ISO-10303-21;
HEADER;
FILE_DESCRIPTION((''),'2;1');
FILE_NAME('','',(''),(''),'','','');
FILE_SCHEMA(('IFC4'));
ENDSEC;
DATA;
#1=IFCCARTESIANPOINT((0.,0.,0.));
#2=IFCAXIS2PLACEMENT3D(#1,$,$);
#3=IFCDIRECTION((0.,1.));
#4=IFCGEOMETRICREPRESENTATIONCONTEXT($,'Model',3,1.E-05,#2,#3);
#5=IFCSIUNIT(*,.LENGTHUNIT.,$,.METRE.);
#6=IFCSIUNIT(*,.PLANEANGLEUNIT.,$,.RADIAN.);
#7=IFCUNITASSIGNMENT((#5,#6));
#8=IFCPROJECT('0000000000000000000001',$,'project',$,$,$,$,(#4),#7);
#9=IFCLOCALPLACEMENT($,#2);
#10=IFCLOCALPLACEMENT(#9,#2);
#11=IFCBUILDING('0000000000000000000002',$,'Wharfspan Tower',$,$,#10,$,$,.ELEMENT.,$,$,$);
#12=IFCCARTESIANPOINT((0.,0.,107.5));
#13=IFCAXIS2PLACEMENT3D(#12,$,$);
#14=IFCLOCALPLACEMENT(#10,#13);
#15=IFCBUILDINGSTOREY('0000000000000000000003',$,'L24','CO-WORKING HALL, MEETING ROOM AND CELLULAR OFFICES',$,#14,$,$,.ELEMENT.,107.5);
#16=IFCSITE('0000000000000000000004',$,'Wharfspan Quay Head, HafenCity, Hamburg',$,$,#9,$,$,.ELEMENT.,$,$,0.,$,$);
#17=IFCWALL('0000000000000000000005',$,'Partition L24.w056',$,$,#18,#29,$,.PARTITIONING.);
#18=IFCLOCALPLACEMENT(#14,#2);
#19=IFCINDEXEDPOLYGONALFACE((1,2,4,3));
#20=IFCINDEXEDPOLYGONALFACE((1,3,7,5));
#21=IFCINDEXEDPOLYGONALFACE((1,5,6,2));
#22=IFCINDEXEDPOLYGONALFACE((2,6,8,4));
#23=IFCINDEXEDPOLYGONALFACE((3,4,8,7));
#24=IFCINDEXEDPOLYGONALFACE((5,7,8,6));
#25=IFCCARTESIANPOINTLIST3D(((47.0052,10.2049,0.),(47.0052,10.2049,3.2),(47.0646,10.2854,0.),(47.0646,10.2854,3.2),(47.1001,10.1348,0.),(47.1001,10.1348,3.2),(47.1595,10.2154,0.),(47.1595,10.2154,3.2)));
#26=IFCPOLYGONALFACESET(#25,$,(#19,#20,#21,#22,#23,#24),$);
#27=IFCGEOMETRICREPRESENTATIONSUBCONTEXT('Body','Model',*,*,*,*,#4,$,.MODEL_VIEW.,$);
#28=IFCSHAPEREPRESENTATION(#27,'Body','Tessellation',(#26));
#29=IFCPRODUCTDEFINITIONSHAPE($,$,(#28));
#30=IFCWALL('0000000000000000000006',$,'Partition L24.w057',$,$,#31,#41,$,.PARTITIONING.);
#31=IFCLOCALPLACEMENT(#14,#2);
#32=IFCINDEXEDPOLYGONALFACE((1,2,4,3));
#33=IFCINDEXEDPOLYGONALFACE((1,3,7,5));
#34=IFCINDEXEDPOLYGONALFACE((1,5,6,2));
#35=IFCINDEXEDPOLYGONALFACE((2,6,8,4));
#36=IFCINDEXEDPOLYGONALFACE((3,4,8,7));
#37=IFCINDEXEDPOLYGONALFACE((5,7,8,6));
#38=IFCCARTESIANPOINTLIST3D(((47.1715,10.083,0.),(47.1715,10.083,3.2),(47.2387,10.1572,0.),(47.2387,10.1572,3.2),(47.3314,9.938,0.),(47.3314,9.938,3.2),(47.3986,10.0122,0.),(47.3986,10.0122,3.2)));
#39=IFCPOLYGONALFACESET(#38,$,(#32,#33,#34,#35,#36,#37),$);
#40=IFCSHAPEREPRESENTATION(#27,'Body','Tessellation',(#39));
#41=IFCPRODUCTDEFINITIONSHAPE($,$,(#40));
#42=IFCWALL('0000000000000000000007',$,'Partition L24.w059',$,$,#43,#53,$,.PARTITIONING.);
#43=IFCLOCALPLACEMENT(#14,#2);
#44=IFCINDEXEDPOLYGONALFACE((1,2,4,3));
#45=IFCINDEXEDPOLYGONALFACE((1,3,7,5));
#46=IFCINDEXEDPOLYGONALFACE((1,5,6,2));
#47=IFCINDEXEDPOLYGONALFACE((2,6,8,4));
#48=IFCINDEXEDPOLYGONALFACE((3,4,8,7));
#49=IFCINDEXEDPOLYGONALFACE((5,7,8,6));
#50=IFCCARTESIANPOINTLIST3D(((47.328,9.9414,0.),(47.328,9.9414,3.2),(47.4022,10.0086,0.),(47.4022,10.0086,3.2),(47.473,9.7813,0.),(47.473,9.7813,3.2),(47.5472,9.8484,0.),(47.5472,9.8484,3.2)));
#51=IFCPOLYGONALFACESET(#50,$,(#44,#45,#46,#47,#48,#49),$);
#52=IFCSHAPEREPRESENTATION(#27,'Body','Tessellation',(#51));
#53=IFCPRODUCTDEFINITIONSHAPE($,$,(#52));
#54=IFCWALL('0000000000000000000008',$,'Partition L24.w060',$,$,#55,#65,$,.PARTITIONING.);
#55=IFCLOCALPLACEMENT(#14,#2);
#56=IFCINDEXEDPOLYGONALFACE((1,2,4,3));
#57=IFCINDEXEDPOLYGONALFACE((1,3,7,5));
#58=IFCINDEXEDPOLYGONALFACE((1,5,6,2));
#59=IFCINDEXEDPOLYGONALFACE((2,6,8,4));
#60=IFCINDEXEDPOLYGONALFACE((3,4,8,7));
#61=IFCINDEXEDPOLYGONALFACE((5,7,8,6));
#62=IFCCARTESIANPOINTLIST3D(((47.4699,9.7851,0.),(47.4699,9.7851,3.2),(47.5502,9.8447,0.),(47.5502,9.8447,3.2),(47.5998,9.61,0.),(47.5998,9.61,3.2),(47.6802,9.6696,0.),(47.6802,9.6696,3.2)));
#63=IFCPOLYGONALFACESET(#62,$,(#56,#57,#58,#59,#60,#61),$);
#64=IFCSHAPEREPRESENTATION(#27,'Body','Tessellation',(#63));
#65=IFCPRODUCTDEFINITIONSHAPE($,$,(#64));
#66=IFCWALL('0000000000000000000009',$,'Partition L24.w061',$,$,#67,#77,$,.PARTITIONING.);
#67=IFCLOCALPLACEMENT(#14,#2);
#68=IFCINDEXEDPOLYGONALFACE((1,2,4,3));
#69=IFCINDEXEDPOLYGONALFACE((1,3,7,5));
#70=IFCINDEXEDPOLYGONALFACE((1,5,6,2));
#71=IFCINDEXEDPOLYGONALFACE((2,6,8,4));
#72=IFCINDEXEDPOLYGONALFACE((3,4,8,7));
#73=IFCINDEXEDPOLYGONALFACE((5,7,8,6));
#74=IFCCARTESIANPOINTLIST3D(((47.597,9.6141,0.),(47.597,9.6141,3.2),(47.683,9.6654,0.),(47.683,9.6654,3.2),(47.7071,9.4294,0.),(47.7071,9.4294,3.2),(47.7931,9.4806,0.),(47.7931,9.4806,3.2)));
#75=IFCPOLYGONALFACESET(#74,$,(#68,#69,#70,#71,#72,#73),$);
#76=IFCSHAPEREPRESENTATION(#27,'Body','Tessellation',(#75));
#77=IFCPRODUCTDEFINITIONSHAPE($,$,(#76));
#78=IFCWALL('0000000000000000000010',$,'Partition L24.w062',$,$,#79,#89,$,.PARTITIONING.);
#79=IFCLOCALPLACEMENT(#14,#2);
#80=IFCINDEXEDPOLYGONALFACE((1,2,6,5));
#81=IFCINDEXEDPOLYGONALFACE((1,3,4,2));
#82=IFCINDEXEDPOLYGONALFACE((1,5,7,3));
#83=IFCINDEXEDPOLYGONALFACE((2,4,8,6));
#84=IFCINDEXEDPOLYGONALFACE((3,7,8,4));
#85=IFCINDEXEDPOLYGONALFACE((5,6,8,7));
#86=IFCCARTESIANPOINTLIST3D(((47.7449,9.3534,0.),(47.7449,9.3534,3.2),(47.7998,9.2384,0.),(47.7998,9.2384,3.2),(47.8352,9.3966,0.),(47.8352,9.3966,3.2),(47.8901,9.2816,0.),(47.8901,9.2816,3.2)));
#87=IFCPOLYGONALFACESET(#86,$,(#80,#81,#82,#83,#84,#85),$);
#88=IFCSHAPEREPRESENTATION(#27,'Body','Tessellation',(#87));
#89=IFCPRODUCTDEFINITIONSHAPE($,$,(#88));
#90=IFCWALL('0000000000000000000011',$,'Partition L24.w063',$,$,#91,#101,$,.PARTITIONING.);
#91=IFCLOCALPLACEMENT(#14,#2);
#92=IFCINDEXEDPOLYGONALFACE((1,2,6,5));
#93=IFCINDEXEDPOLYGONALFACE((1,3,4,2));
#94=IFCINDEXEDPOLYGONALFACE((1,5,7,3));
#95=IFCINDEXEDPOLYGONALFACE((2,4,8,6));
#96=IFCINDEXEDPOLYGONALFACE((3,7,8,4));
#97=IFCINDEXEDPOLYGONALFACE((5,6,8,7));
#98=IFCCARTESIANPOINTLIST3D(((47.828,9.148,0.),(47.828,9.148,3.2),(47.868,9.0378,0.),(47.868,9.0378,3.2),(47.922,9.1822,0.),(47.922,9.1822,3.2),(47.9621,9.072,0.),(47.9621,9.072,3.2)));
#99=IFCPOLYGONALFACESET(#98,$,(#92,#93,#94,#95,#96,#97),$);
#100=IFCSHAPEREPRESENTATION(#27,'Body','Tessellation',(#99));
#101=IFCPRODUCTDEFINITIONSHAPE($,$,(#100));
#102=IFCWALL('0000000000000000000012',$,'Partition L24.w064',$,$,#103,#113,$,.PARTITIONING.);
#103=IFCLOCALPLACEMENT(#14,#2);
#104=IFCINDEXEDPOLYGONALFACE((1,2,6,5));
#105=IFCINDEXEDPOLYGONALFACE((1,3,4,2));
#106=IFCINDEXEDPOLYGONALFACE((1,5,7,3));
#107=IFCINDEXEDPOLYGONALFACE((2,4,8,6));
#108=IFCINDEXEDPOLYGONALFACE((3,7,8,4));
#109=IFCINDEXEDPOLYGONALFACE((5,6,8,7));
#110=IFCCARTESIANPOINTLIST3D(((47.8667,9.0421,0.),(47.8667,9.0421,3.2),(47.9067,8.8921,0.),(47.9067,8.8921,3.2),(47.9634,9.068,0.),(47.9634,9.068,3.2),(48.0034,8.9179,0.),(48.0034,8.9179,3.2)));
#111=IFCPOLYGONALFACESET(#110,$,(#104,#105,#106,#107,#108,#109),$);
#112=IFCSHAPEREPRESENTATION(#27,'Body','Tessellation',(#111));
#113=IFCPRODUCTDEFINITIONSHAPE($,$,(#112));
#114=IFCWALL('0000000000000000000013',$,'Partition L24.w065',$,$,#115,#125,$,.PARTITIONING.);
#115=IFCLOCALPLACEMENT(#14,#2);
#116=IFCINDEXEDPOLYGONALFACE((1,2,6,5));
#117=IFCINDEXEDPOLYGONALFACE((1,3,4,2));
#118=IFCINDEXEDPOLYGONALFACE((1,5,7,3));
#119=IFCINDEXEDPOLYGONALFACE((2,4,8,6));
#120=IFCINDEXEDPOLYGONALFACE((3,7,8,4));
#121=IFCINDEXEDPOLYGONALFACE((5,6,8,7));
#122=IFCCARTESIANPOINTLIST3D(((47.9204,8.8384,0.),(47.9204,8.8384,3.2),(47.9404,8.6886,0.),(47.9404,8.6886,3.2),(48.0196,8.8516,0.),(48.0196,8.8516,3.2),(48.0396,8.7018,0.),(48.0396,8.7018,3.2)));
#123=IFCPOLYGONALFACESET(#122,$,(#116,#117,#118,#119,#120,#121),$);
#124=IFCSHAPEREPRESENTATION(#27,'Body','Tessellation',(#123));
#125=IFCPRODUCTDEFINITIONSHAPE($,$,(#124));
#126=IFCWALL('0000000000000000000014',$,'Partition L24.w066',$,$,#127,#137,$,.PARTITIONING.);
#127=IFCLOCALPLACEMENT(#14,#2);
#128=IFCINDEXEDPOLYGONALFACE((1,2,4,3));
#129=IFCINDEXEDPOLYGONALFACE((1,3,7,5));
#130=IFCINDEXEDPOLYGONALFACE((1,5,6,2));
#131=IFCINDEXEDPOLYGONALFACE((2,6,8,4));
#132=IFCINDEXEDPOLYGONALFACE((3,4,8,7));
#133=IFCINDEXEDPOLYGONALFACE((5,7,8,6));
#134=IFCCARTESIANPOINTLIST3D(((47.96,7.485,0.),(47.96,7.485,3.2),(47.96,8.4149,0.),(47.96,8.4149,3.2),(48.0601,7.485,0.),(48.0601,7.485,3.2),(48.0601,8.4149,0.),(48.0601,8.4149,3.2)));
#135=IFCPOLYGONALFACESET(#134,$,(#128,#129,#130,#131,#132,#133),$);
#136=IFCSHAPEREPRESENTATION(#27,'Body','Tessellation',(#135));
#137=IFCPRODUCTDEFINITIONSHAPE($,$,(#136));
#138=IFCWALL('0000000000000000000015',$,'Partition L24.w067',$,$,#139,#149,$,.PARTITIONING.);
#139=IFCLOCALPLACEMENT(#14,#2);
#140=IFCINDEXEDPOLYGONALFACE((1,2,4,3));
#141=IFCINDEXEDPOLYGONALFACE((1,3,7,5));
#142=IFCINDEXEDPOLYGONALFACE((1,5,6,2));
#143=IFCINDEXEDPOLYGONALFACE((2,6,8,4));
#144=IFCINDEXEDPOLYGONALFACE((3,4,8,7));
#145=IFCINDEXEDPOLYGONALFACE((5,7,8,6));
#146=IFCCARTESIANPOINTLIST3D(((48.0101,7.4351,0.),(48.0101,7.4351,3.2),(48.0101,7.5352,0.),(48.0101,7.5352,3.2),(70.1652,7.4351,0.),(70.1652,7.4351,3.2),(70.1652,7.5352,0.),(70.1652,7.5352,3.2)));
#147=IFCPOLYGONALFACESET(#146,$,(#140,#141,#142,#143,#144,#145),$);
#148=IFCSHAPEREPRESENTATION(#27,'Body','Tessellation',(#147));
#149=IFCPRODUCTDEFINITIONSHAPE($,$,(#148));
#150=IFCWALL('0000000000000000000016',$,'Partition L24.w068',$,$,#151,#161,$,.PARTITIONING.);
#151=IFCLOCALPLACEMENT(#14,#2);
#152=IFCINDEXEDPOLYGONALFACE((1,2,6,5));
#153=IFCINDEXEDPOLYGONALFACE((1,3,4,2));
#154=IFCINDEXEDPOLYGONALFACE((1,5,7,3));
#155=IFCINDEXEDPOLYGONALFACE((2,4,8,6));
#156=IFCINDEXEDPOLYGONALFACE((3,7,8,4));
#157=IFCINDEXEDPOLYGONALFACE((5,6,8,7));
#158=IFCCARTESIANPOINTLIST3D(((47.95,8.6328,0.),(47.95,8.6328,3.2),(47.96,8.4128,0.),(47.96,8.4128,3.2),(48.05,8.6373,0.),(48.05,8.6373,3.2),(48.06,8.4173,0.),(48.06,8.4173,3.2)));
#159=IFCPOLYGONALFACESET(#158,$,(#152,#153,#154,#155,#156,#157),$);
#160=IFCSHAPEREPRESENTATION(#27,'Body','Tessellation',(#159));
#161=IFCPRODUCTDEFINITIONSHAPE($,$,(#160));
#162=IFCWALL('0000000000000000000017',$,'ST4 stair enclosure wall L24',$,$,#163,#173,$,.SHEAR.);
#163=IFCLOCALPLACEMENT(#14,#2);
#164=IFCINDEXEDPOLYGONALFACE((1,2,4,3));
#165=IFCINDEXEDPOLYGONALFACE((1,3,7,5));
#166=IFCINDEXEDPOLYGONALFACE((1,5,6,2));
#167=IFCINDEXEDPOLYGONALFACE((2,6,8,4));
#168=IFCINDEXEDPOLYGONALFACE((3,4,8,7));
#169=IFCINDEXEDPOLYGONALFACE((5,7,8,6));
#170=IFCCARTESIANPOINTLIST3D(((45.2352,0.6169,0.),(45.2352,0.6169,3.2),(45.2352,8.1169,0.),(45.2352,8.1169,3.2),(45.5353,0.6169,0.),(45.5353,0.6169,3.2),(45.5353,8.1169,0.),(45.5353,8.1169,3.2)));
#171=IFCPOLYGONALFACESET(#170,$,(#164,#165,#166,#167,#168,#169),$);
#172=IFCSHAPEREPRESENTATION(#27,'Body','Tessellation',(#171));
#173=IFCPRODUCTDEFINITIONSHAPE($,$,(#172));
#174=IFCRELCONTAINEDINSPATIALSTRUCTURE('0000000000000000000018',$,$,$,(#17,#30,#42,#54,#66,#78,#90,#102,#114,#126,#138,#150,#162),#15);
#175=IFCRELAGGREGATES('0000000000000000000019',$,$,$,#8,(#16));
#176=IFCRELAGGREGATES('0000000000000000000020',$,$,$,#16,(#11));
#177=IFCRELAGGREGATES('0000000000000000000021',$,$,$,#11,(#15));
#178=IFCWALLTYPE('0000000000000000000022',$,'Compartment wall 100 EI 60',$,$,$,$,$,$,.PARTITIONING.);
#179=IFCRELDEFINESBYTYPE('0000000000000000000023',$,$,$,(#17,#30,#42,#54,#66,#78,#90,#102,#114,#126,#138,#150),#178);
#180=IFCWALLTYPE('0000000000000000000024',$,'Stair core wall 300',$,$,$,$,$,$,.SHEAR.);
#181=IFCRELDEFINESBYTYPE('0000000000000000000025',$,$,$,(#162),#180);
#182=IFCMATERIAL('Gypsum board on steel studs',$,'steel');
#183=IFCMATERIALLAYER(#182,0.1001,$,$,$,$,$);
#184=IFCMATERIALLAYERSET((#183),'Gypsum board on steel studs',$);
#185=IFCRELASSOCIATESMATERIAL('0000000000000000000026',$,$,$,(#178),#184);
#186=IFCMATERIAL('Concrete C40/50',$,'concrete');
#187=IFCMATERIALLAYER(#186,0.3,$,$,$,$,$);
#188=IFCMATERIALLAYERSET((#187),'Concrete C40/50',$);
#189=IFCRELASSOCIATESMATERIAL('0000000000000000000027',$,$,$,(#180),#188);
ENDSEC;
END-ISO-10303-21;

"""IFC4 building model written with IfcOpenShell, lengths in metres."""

from ifc_helpers import new_model, si_unit, direction, frame, frame_2d, origin, place, context, subcontext, project, spatial, rectangle, extrude, material, layer, layer_set, type_object, element, save


model = new_model("IFC4")

# Units and contexts
model_context = context("Model", 3, precision=1e-05, world=origin(), true_north=direction((0.0, 1.0)))
body_context = subcontext(model_context, "Body", "Model", "MODEL_VIEW")
ifc_project = project(units=[si_unit("LENGTHUNIT", "METRE"), si_unit("PLANEANGLEUNIT", "RADIAN")], contexts=[model_context])

# Site, building, storey
site_placement = place(None, origin())
site = spatial("IfcSite", under=ifc_project, at=site_placement, Name="Wharfspan Quay Head, HafenCity, Hamburg", CompositionType="ELEMENT", RefElevation=0.0)
building_placement = place(site_placement, origin())
building = spatial("IfcBuilding", under=site, at=building_placement, Name="Wharfspan Tower", CompositionType="ELEMENT")
storey_placement = place(building_placement, frame((0.0, 0.0, 107.5)))
storey = spatial("IfcBuildingStorey", under=building, at=storey_placement, Name="L24", Description="CO-WORKING HALL, MEETING ROOM AND CELLULAR OFFICES", CompositionType="ELEMENT", Elevation=107.5)

# Shared definitions
ifc_material_1 = material(Name="Gypsum board on steel studs", Category="steel")
ifc_layer_1 = layer(ifc_material_1, 0.1001)
ifc_layer_set_1 = layer_set([ifc_layer_1], Name="Gypsum board on steel studs")
wall_type_1 = type_object("IfcWallType", Name="Compartment wall 100 EI 60", PredefinedType="PARTITIONING", material=ifc_layer_set_1)

# Walls
wall_1_placement = place(storey_placement, frame((47.1299, 10.175, 0.0), z_axis=(0.0, 0.0, 1.0), x_axis=(-0.804696, 0.593696, 0.0)))
element("IfcWall", 1, at=wall_1_placement, inside=storey, type_object=wall_type_1, Name="Partition L24.w056", PredefinedType="PARTITIONING", context=body_context, shape_type="SweptSolid", body=[
    extrude(rectangle(XDim=0.1179, YDim=0.1001, at=frame_2d((0.0591, 0.0))), origin(), (0.0, 0.0, 1.0), 3.2),
])
wall_2_placement = place(storey_placement, frame((47.365, 9.9751, 0.0), z_axis=(0.0, 0.0, 1.0), x_axis=(-0.740762, 0.671775, 0.0)))
element("IfcWall", 2, at=wall_2_placement, inside=storey, type_object=wall_type_1, Name="Partition L24.w057", PredefinedType="PARTITIONING", context=body_context, shape_type="SweptSolid", body=[
    extrude(rectangle(XDim=0.2158, YDim=0.1001, at=frame_2d((0.1079, 0.0))), origin(), (0.0, 0.0, 1.0), 3.2),
])
wall_3_placement = place(storey_placement, frame((47.51, 9.8149, 0.0), z_axis=(0.0, 0.0, 1.0), x_axis=(-0.67121, 0.741269, 0.0)))
element("IfcWall", 3, at=wall_3_placement, inside=storey, type_object=wall_type_1, Name="Partition L24.w059", PredefinedType="PARTITIONING", context=body_context, shape_type="SweptSolid", body=[
    extrude(rectangle(XDim=0.2161, YDim=0.1001, at=frame_2d((0.1079, 0.0))), origin(), (0.0, 0.0, 1.0), 3.2),
])
wall_4_placement = place(storey_placement, frame((47.6399, 9.6399, 0.0), z_axis=(0.0, 0.0, 1.0), x_axis=(-0.595869, 0.803079, 0.0)))
element("IfcWall", 4, at=wall_4_placement, inside=storey, type_object=wall_type_1, Name="Partition L24.w060", PredefinedType="PARTITIONING", context=body_context, shape_type="SweptSolid", body=[
    extrude(rectangle(XDim=0.218, YDim=0.1001, at=frame_2d((0.1089, 0.0))), origin(), (0.0, 0.0, 1.0), 3.2),
])
wall_5_placement = place(storey_placement, frame((47.75, 9.4551, 0.0), z_axis=(0.0, 0.0, 1.0), x_axis=(-0.511823, 0.859091, 0.0)))
element("IfcWall", 5, at=wall_5_placement, inside=storey, type_object=wall_type_1, Name="Partition L24.w061", PredefinedType="PARTITIONING", context=body_context, shape_type="SweptSolid", body=[
    extrude(rectangle(XDim=0.2151, YDim=0.1001, at=frame_2d((0.1074, 0.0))), origin(), (0.0, 0.0, 1.0), 3.2),
])
wall_6_placement = place(storey_placement, frame((47.845, 9.26, 0.0), z_axis=(0.0, 0.0, 1.0), x_axis=(-0.431047, 0.902325, 0.0)))
element("IfcWall", 6, at=wall_6_placement, inside=storey, type_object=wall_type_1, Name="Partition L24.w062", PredefinedType="PARTITIONING", context=body_context, shape_type="SweptSolid", body=[
    extrude(rectangle(XDim=0.1274, YDim=0.1001, at=frame_2d((0.0637, 0.0))), origin(), (0.0, 0.0, 1.0), 3.2),
])
wall_7_placement = place(storey_placement, frame((47.915, 9.0549, 0.0), z_axis=(0.0, 0.0, 1.0), x_axis=(-0.341744, 0.939796, 0.0)))
element("IfcWall", 7, at=wall_7_placement, inside=storey, type_object=wall_type_1, Name="Partition L24.w063", PredefinedType="PARTITIONING", context=body_context, shape_type="SweptSolid", body=[
    extrude(rectangle(XDim=0.1172, YDim=0.1001, at=frame_2d((0.0586, 0.0))), origin(), (0.0, 0.0, 1.0), 3.2),
])
wall_8_placement = place(storey_placement, frame((47.9551, 8.905, 0.0), z_axis=(0.0, 0.0, 1.0), x_axis=(-0.258054, 0.966129, 0.0)))
element("IfcWall", 8, at=wall_8_placement, inside=storey, type_object=wall_type_1, Name="Partition L24.w064", PredefinedType="PARTITIONING", context=body_context, shape_type="SweptSolid", body=[
    extrude(rectangle(XDim=0.1553, YDim=0.1001, at=frame_2d((0.0776, 0.0))), origin(), (0.0, 0.0, 1.0), 3.2),
])
wall_9_placement = place(storey_placement, frame((47.99, 8.6951, 0.0), z_axis=(0.0, 0.0, 1.0), x_axis=(-0.132375, 0.991198, 0.0)))
element("IfcWall", 9, at=wall_9_placement, inside=storey, type_object=wall_type_1, Name="Partition L24.w065", PredefinedType="PARTITIONING", context=body_context, shape_type="SweptSolid", body=[
    extrude(rectangle(XDim=0.1511, YDim=0.1001, at=frame_2d((0.0757, 0.0))), origin(), (0.0, 0.0, 1.0), 3.2),
])
wall_10_placement = place(storey_placement, frame((48.01, 7.4851, 0.0), z_axis=(0.0, 0.0, 1.0), x_axis=(0.0, 1.0, 0.0)))
element("IfcWall", 10, at=wall_10_placement, inside=storey, type_object=wall_type_1, Name="Partition L24.w066", PredefinedType="PARTITIONING", context=body_context, shape_type="SweptSolid", body=[
    extrude(rectangle(XDim=0.9299, YDim=0.1001, at=frame_2d((0.4648, 0.0))), origin(), (0.0, 0.0, 1.0), 3.2),
])
wall_11_placement = place(storey_placement, frame((48.01, 7.4851, 0.0), z_axis=(0.0, 0.0, 1.0), x_axis=(1.0, 0.0, 0.0)))
element("IfcWall", 11, at=wall_11_placement, inside=storey, type_object=wall_type_1, Name="Partition L24.w067", PredefinedType="PARTITIONING", context=body_context, shape_type="SweptSolid", body=[
    extrude(rectangle(XDim=22.155, YDim=0.1001, at=frame_2d((11.0776, 0.0))), origin(), (0.0, 0.0, 1.0), 3.2),
])
wall_12_placement = place(storey_placement, frame((48.01, 8.415, 0.0), z_axis=(0.0, 0.0, 1.0), x_axis=(-0.045458, 0.998967, 0.0)))
element("IfcWall", 12, at=wall_12_placement, inside=storey, type_object=wall_type_1, Name="Partition L24.w068", PredefinedType="PARTITIONING", context=body_context, shape_type="SweptSolid", body=[
    extrude(rectangle(XDim=0.2202, YDim=0.1001, at=frame_2d((0.1101, 0.0))), origin(), (0.0, 0.0, 1.0), 3.2),
])
ifc_material_2 = material(Name="Concrete C40/50", Category="concrete")
ifc_layer_2 = layer(ifc_material_2, 0.3)
ifc_layer_set_2 = layer_set([ifc_layer_2], Name="Concrete C40/50")
wall_type_2 = type_object("IfcWallType", Name="Stair core wall 300", PredefinedType="SHEAR", material=ifc_layer_set_2)
wall_13_placement = place(storey_placement, frame((45.3853, 0.6169, 0.0), z_axis=(0.0, 0.0, 1.0), x_axis=(0.0, 1.0, 0.0)))
element("IfcWall", 13, at=wall_13_placement, inside=storey, type_object=wall_type_2, Name="ST4 stair enclosure wall L24", PredefinedType="SHEAR", context=body_context, shape_type="SweptSolid", body=[
    extrude(rectangle(XDim=7.5, YDim=0.3, at=frame_2d((3.75, 0.0))), origin(), (0.0, 0.0, 1.0), 3.2),
])

save(model, "model.ifc")
